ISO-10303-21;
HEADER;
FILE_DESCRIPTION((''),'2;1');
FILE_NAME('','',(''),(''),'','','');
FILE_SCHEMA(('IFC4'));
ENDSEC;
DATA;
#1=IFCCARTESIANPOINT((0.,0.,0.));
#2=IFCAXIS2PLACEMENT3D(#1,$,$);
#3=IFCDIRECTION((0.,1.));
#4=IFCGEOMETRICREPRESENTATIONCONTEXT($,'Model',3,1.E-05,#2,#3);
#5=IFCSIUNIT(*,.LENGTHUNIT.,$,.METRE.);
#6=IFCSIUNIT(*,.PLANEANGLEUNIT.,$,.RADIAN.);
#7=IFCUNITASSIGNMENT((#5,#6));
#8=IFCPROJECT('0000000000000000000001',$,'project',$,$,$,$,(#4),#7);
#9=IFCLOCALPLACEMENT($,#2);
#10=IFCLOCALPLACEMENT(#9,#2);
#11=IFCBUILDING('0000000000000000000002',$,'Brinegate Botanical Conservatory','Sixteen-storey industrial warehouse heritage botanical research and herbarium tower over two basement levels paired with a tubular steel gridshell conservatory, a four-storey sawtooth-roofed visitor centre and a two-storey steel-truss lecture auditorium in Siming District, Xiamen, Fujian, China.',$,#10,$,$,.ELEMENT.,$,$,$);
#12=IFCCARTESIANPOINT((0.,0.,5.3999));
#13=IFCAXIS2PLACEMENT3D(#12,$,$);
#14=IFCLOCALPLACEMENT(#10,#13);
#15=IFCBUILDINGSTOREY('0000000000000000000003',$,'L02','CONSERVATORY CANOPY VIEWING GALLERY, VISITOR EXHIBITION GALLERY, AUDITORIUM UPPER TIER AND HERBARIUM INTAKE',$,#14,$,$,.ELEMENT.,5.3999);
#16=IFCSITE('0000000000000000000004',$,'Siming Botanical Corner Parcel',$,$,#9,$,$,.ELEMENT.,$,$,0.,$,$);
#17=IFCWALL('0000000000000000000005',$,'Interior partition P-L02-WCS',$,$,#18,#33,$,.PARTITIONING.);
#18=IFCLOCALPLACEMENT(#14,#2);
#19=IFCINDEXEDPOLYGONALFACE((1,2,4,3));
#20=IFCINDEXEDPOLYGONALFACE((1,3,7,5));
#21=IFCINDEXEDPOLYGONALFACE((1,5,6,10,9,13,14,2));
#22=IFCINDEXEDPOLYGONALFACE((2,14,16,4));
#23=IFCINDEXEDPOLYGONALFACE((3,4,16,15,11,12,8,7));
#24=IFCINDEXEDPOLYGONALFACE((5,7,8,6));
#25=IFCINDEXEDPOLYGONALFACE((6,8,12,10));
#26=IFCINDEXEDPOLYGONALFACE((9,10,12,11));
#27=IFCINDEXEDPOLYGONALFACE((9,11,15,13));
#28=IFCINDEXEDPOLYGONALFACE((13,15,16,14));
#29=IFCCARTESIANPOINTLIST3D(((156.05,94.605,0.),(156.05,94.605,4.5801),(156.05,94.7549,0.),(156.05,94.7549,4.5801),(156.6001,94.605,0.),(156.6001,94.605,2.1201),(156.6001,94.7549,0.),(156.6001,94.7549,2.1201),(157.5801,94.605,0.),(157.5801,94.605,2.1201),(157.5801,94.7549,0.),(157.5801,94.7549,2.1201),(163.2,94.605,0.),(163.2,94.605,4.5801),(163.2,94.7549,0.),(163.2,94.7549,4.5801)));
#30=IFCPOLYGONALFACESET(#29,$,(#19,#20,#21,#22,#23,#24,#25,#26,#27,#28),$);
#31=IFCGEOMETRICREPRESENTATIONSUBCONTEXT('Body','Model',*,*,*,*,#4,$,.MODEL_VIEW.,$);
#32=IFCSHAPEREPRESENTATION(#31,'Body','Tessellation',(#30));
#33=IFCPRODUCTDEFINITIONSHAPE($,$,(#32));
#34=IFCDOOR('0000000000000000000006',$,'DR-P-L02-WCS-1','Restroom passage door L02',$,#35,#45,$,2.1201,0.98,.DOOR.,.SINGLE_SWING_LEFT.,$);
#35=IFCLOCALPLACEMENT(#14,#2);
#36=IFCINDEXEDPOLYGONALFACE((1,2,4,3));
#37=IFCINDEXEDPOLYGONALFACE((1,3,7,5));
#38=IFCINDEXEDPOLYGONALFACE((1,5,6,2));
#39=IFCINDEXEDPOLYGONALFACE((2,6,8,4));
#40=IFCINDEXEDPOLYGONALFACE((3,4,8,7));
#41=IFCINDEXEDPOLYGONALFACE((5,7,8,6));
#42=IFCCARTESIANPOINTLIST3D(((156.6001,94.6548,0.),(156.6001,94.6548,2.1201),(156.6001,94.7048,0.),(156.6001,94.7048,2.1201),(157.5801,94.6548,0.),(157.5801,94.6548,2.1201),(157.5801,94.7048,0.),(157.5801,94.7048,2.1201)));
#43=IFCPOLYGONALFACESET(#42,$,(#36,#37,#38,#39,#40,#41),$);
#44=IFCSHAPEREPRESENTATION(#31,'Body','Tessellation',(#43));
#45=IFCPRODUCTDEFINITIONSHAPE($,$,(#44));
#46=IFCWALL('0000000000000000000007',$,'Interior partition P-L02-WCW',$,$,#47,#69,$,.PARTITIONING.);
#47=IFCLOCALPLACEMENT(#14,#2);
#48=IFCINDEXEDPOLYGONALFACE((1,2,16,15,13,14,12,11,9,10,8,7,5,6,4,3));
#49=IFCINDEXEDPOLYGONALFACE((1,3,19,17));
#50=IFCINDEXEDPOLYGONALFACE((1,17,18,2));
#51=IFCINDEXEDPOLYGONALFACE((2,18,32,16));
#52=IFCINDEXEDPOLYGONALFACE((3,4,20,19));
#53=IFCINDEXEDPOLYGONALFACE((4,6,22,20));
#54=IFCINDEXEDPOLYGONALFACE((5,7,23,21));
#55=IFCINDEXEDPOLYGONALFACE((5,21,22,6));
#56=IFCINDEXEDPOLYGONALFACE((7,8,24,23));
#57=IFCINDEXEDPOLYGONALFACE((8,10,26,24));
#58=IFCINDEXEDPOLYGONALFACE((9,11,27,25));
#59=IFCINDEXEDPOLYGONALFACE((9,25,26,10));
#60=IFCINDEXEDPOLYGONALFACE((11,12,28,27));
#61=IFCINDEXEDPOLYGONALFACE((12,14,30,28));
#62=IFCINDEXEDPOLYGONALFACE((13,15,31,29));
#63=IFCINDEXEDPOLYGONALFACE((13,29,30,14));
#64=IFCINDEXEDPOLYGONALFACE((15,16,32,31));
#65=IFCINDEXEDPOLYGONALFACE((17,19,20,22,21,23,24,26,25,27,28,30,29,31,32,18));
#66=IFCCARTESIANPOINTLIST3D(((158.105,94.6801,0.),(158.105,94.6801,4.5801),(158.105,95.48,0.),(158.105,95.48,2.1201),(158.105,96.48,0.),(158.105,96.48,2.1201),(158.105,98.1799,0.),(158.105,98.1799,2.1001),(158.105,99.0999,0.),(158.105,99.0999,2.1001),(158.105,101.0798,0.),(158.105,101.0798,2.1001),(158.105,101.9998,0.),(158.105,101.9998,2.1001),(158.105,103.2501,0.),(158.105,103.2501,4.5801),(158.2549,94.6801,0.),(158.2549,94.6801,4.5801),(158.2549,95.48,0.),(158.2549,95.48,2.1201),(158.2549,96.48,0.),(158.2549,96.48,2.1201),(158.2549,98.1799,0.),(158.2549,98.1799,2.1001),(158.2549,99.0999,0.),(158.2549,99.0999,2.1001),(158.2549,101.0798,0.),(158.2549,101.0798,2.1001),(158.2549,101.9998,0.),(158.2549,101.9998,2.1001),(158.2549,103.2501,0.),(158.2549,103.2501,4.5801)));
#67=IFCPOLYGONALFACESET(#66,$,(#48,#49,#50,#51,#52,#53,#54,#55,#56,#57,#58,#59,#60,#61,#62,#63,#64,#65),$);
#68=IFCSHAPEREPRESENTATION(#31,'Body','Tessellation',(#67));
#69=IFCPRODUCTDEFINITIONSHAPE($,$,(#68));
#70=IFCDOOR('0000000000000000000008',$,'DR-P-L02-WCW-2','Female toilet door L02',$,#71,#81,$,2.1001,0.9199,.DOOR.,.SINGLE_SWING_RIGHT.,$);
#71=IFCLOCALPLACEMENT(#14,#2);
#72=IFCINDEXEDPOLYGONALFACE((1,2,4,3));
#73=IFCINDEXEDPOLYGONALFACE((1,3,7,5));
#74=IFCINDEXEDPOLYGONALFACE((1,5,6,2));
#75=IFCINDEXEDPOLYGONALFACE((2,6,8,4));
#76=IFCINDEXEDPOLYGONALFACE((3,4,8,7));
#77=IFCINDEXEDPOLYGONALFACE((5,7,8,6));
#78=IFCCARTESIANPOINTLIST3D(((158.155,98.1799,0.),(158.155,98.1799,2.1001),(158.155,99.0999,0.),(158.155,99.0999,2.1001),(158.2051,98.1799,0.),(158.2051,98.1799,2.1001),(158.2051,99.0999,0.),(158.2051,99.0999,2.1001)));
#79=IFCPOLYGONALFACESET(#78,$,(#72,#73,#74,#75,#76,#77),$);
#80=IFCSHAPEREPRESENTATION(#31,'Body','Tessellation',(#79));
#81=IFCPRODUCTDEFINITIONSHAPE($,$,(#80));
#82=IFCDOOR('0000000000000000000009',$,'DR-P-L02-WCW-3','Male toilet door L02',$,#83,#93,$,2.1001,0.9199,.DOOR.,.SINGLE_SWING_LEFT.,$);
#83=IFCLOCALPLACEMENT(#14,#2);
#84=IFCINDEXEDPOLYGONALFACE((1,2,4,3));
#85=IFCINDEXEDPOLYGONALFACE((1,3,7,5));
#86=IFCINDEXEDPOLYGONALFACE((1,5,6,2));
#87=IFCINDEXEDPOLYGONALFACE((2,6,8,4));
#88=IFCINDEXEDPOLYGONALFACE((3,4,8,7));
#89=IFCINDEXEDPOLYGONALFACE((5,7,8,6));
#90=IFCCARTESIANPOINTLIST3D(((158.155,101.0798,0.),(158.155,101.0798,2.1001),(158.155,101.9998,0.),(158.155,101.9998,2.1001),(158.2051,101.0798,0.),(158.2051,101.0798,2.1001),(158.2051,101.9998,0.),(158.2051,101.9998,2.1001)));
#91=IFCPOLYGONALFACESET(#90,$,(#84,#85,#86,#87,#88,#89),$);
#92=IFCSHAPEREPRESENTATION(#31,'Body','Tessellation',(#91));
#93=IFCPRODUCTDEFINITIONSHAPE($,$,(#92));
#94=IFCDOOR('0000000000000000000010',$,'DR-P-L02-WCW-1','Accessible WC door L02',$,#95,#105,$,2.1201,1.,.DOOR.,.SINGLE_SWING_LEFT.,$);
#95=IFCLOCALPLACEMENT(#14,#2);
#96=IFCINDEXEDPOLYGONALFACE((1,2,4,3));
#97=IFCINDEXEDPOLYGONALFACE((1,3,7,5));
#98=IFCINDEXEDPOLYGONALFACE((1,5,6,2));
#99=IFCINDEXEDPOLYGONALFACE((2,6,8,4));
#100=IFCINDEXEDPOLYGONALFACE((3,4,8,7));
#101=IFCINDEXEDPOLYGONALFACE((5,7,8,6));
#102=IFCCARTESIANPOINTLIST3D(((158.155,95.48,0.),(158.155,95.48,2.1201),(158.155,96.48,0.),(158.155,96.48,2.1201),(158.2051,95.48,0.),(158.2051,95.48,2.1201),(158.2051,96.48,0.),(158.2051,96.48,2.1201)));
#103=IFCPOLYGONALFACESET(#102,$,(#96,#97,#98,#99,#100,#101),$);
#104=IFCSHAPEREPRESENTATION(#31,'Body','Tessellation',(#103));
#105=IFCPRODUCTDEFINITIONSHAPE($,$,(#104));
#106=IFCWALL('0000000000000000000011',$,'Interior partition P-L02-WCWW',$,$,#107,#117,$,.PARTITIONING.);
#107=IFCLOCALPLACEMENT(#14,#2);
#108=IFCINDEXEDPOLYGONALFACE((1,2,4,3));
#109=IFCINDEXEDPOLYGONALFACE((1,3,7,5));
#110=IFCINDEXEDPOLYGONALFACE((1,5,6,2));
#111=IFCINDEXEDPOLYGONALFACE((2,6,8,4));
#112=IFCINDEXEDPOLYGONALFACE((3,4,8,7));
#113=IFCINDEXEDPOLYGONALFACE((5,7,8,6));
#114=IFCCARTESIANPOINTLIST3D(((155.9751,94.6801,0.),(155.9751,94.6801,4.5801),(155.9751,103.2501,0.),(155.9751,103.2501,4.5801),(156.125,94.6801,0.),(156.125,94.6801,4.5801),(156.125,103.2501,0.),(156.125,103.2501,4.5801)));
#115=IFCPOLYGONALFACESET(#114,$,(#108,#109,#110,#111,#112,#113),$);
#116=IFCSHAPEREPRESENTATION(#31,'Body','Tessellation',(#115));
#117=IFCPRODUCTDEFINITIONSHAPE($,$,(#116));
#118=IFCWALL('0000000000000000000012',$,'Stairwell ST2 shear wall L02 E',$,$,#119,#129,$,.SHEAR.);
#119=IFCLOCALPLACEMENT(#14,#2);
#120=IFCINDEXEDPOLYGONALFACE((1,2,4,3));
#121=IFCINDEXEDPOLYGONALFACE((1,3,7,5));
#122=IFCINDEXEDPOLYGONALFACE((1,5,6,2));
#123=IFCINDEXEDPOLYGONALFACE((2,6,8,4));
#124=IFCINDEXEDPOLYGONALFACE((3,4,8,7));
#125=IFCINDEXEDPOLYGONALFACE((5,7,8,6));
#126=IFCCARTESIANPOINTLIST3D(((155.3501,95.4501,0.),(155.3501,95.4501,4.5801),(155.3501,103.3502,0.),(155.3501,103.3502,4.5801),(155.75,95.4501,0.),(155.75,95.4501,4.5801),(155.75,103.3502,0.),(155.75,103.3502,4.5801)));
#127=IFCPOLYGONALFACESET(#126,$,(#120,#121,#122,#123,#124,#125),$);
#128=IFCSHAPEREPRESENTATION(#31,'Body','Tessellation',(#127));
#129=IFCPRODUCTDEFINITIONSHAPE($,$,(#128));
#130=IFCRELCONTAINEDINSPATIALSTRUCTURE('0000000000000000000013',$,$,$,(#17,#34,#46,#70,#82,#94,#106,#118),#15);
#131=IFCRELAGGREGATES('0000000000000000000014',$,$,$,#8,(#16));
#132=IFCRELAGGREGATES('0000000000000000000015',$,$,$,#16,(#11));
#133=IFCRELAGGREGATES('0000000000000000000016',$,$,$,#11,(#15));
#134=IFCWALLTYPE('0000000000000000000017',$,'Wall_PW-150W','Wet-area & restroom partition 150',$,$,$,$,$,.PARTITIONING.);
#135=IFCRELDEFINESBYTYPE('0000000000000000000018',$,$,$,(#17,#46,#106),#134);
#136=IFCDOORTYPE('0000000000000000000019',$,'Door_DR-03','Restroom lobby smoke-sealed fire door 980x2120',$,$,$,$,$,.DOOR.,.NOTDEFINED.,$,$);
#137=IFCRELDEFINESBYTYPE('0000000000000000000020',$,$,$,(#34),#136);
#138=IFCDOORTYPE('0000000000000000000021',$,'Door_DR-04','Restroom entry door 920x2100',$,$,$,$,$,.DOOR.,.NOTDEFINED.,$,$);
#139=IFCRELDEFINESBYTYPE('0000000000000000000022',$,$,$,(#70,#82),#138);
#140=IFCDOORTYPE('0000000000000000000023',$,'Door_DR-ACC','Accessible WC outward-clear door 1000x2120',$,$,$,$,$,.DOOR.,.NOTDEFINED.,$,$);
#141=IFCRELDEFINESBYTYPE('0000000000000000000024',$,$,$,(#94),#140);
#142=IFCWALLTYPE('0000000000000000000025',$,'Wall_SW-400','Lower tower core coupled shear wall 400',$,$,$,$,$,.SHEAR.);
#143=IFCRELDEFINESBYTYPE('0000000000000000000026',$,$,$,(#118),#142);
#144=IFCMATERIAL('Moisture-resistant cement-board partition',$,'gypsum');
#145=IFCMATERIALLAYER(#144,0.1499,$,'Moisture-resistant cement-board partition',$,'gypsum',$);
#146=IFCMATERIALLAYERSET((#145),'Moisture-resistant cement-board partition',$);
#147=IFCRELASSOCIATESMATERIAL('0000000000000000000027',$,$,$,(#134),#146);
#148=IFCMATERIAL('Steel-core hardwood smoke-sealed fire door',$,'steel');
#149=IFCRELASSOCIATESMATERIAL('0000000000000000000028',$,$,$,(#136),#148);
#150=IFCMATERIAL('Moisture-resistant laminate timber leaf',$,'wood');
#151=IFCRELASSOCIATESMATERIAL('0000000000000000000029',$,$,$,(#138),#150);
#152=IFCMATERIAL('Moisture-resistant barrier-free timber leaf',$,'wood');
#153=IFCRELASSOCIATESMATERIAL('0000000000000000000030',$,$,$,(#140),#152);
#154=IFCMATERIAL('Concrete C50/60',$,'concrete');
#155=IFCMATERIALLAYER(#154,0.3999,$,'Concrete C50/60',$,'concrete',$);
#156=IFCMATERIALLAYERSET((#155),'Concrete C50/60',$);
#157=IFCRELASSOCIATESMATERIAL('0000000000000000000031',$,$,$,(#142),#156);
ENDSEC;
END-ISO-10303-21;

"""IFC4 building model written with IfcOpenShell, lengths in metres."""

from ifc_helpers import new_model, si_unit, direction, frame, frame_2d, origin, place, context, subcontext, project, spatial, rectangle, extrude, material, layer, layer_set, type_object, element, fill, save


model = new_model("IFC4")

# Units and contexts
model_context = context("Model", 3, precision=1e-05, world=origin(), true_north=direction((0.0, 1.0)))
body_context = subcontext(model_context, "Body", "Model", "MODEL_VIEW")
ifc_project = project(units=[si_unit("LENGTHUNIT", "METRE"), si_unit("PLANEANGLEUNIT", "RADIAN")], contexts=[model_context])

# Site, building, storey
site_placement = place(None, origin())
site = spatial("IfcSite", under=ifc_project, at=site_placement, Name="Siming Botanical Corner Parcel", CompositionType="ELEMENT", RefElevation=0.0)
building_placement = place(site_placement, origin())
building = spatial("IfcBuilding", under=site, at=building_placement, Name="Brinegate Botanical Conservatory", Description="Sixteen-storey industrial warehouse heritage botanical research and herbarium tower over two basement levels paired with a tubular steel gridshell conservatory, a four-storey sawtooth-roofed visitor centre and a two-storey steel-truss lecture auditorium in Siming District, Xiamen, Fujian, China.", CompositionType="ELEMENT")
storey_placement = place(building_placement, frame((0.0, 0.0, 5.3999)))
storey = spatial("IfcBuildingStorey", under=building, at=storey_placement, Name="L02", Description="CONSERVATORY CANOPY VIEWING GALLERY, VISITOR EXHIBITION GALLERY, AUDITORIUM UPPER TIER AND HERBARIUM INTAKE", CompositionType="ELEMENT", Elevation=5.3999)

# Shared definitions
ifc_material_1 = material(Name="Concrete C50/60", Category="concrete")

# Wall, opening, door
ifc_material_2 = material(Name="Moisture-resistant cement-board partition", Category="gypsum")
ifc_layer_1 = layer(ifc_material_2, 0.1499, Name="Moisture-resistant cement-board partition", Category="gypsum")
ifc_layer_set_1 = layer_set([ifc_layer_1], Name="Moisture-resistant cement-board partition")
wall_type_1 = type_object("IfcWallType", Name="Wall_PW-150W", Description="Wet-area & restroom partition 150", PredefinedType="PARTITIONING", material=ifc_layer_set_1)
wall_1_placement = place(storey_placement, frame((156.05, 94.6799, 0.0), z_axis=(0.0, 0.0, 1.0), x_axis=(1.0, 0.0, 0.0)))
wall_1 = element("IfcWall", 1, at=wall_1_placement, inside=storey, type_object=wall_type_1, Name="Interior partition P-L02-WCS", PredefinedType="PARTITIONING", context=body_context, shape_type="SweptSolid", body=[
    extrude(rectangle(XDim=7.1499, YDim=0.1499, at=frame_2d((3.575, 0.0))), origin(), (0.0, 0.0, 1.0), 4.5801),
])
opening_1_placement = place(wall_1_placement, frame((0.55, 0.0, 0.0)))
opening_1 = element("IfcOpeningElement", 2, at=opening_1_placement, cuts=wall_1, PredefinedType="OPENING", context=body_context, shape_type="SweptSolid", body=[
    extrude(rectangle(XDim=0.98, YDim=2.1201, at=frame_2d((0.49, 1.0601))), frame((0.0, 0.085, 0.0), z_axis=(0.0, -1.0, 0.0), x_axis=(1.0, 0.0, 0.0)), (0.0, 0.0, 1.0), 0.1699),
])
ifc_material_3 = material(Name="Steel-core hardwood smoke-sealed fire door", Category="steel")
door_type_1 = type_object("IfcDoorType", Name="Door_DR-03", Description="Restroom lobby smoke-sealed fire door 980x2120", OperationType="NOTDEFINED", PredefinedType="DOOR", material=ifc_material_3)
door_1_placement = place(opening_1_placement, origin())
door_1 = element("IfcDoor", 3, at=door_1_placement, inside=storey, type_object=door_type_1, Name="DR-P-L02-WCS-1", Description="Restroom passage door L02", OperationType="SINGLE_SWING_LEFT", OverallHeight=2.1201, OverallWidth=0.98, PredefinedType="DOOR", context=body_context, shape_type="SweptSolid", body=[
    extrude(rectangle(XDim=0.98, YDim=2.1201, at=frame_2d((0.49, 1.0601))), frame((0.0, 0.0249, 0.0), z_axis=(0.0, -1.0, 0.0), x_axis=(1.0, 0.0, 0.0)), (0.0, 0.0, 1.0), 0.05),
])
fill(opening_1, door_1)

# Wall, openings, doors
wall_2_placement = place(storey_placement, frame((158.1799, 94.6799, 0.0), z_axis=(0.0, 0.0, 1.0), x_axis=(0.0, 1.0, 0.0)))
wall_2 = element("IfcWall", 4, at=wall_2_placement, inside=storey, type_object=wall_type_1, Name="Interior partition P-L02-WCW", PredefinedType="PARTITIONING", context=body_context, shape_type="SweptSolid", body=[
    extrude(rectangle(XDim=8.5701, YDim=0.1499, at=frame_2d((4.2852, 0.0))), origin(), (0.0, 0.0, 1.0), 4.5801),
])
opening_2_placement = place(wall_2_placement, frame((0.8, 0.0, 0.0)))
opening_2 = element("IfcOpeningElement", 5, at=opening_2_placement, cuts=wall_2, PredefinedType="OPENING", context=body_context, shape_type="SweptSolid", body=[
    extrude(rectangle(XDim=1.0, YDim=2.1201, at=frame_2d((0.5, 1.0601))), frame((0.0, 0.085, 0.0), z_axis=(0.0, -1.0, 0.0), x_axis=(1.0, 0.0, 0.0)), (0.0, 0.0, 1.0), 0.1699),
])
opening_3_placement = place(wall_2_placement, frame((3.5, 0.0, 0.0)))
opening_3 = element("IfcOpeningElement", 6, at=opening_3_placement, cuts=wall_2, PredefinedType="OPENING", context=body_context, shape_type="SweptSolid", body=[
    extrude(rectangle(XDim=0.9199, YDim=2.1001, at=frame_2d((0.46, 1.05))), frame((0.0, 0.085, 0.0), z_axis=(0.0, -1.0, 0.0), x_axis=(1.0, 0.0, 0.0)), (0.0, 0.0, 1.0), 0.1699),
])
opening_4_placement = place(wall_2_placement, frame((6.3999, 0.0, 0.0)))
opening_4 = element("IfcOpeningElement", 7, at=opening_4_placement, cuts=wall_2, PredefinedType="OPENING", context=body_context, shape_type="SweptSolid", body=[
    extrude(rectangle(XDim=0.9199, YDim=2.1001, at=frame_2d((0.46, 1.05))), frame((0.0, 0.085, 0.0), z_axis=(0.0, -1.0, 0.0), x_axis=(1.0, 0.0, 0.0)), (0.0, 0.0, 1.0), 0.1699),
])
ifc_material_4 = material(Name="Moisture-resistant laminate timber leaf", Category="wood")
door_type_2 = type_object("IfcDoorType", Name="Door_DR-04", Description="Restroom entry door 920x2100", OperationType="NOTDEFINED", PredefinedType="DOOR", material=ifc_material_4)
door_2_placement = place(opening_3_placement, origin())
door_2 = element("IfcDoor", 8, at=door_2_placement, inside=storey, type_object=door_type_2, Name="DR-P-L02-WCW-2", Description="Female toilet door L02", OperationType="SINGLE_SWING_RIGHT", OverallHeight=2.1001, OverallWidth=0.9199, PredefinedType="DOOR", context=body_context, shape_type="SweptSolid", body=[
    extrude(rectangle(XDim=0.9199, YDim=2.1001, at=frame_2d((0.46, 1.05))), frame((0.0, 0.0249, 0.0), z_axis=(0.0, -1.0, 0.0), x_axis=(1.0, 0.0, 0.0)), (0.0, 0.0, 1.0), 0.05),
])
fill(opening_3, door_2)
door_3_placement = place(opening_4_placement, origin())
door_3 = element("IfcDoor", 9, at=door_3_placement, inside=storey, type_object=door_type_2, Name="DR-P-L02-WCW-3", Description="Male toilet door L02", OperationType="SINGLE_SWING_LEFT", OverallHeight=2.1001, OverallWidth=0.9199, PredefinedType="DOOR", context=body_context, shape_type="SweptSolid", body=[
    extrude(rectangle(XDim=0.9199, YDim=2.1001, at=frame_2d((0.46, 1.05))), frame((0.0, 0.0249, 0.0), z_axis=(0.0, -1.0, 0.0), x_axis=(1.0, 0.0, 0.0)), (0.0, 0.0, 1.0), 0.05),
])
fill(opening_4, door_3)
ifc_material_5 = material(Name="Moisture-resistant barrier-free timber leaf", Category="wood")
door_type_3 = type_object("IfcDoorType", Name="Door_DR-ACC", Description="Accessible WC outward-clear door 1000x2120", OperationType="NOTDEFINED", PredefinedType="DOOR", material=ifc_material_5)
door_4_placement = place(opening_2_placement, origin())
door_4 = element("IfcDoor", 10, at=door_4_placement, inside=storey, type_object=door_type_3, Name="DR-P-L02-WCW-1", Description="Accessible WC door L02", OperationType="SINGLE_SWING_LEFT", OverallHeight=2.1201, OverallWidth=1.0, PredefinedType="DOOR", context=body_context, shape_type="SweptSolid", body=[
    extrude(rectangle(XDim=1.0, YDim=2.1201, at=frame_2d((0.5, 1.0601))), frame((0.0, 0.0249, 0.0), z_axis=(0.0, -1.0, 0.0), x_axis=(1.0, 0.0, 0.0)), (0.0, 0.0, 1.0), 0.05),
])
fill(opening_2, door_4)

# Walls
wall_3_placement = place(storey_placement, frame((156.05, 94.6799, 0.0), z_axis=(0.0, 0.0, 1.0), x_axis=(0.0, 1.0, 0.0)))
element("IfcWall", 11, at=wall_3_placement, inside=storey, type_object=wall_type_1, Name="Interior partition P-L02-WCWW", PredefinedType="PARTITIONING", context=body_context, shape_type="SweptSolid", body=[
    extrude(rectangle(XDim=8.5701, YDim=0.1499, at=frame_2d((4.2852, 0.0))), origin(), (0.0, 0.0, 1.0), 4.5801),
])
ifc_layer_2 = layer(ifc_material_1, 0.3999, Name="Concrete C50/60", Category="concrete")
ifc_layer_set_2 = layer_set([ifc_layer_2], Name="Concrete C50/60")
wall_type_2 = type_object("IfcWallType", Name="Wall_SW-400", Description="Lower tower core coupled shear wall 400", PredefinedType="SHEAR", material=ifc_layer_set_2)
wall_4_placement = place(storey_placement, frame((155.55, 95.45, 0.0), z_axis=(0.0, 0.0, 1.0), x_axis=(0.0, 1.0, 0.0)))
element("IfcWall", 12, at=wall_4_placement, inside=storey, type_object=wall_type_2, Name="Stairwell ST2 shear wall L02 E", PredefinedType="SHEAR", context=body_context, shape_type="SweptSolid", body=[
    extrude(rectangle(XDim=7.9001, YDim=0.3999, at=frame_2d((3.9502, 0.0))), origin(), (0.0, 0.0, 1.0), 4.5801),
])

save(model, "model.ifc")
